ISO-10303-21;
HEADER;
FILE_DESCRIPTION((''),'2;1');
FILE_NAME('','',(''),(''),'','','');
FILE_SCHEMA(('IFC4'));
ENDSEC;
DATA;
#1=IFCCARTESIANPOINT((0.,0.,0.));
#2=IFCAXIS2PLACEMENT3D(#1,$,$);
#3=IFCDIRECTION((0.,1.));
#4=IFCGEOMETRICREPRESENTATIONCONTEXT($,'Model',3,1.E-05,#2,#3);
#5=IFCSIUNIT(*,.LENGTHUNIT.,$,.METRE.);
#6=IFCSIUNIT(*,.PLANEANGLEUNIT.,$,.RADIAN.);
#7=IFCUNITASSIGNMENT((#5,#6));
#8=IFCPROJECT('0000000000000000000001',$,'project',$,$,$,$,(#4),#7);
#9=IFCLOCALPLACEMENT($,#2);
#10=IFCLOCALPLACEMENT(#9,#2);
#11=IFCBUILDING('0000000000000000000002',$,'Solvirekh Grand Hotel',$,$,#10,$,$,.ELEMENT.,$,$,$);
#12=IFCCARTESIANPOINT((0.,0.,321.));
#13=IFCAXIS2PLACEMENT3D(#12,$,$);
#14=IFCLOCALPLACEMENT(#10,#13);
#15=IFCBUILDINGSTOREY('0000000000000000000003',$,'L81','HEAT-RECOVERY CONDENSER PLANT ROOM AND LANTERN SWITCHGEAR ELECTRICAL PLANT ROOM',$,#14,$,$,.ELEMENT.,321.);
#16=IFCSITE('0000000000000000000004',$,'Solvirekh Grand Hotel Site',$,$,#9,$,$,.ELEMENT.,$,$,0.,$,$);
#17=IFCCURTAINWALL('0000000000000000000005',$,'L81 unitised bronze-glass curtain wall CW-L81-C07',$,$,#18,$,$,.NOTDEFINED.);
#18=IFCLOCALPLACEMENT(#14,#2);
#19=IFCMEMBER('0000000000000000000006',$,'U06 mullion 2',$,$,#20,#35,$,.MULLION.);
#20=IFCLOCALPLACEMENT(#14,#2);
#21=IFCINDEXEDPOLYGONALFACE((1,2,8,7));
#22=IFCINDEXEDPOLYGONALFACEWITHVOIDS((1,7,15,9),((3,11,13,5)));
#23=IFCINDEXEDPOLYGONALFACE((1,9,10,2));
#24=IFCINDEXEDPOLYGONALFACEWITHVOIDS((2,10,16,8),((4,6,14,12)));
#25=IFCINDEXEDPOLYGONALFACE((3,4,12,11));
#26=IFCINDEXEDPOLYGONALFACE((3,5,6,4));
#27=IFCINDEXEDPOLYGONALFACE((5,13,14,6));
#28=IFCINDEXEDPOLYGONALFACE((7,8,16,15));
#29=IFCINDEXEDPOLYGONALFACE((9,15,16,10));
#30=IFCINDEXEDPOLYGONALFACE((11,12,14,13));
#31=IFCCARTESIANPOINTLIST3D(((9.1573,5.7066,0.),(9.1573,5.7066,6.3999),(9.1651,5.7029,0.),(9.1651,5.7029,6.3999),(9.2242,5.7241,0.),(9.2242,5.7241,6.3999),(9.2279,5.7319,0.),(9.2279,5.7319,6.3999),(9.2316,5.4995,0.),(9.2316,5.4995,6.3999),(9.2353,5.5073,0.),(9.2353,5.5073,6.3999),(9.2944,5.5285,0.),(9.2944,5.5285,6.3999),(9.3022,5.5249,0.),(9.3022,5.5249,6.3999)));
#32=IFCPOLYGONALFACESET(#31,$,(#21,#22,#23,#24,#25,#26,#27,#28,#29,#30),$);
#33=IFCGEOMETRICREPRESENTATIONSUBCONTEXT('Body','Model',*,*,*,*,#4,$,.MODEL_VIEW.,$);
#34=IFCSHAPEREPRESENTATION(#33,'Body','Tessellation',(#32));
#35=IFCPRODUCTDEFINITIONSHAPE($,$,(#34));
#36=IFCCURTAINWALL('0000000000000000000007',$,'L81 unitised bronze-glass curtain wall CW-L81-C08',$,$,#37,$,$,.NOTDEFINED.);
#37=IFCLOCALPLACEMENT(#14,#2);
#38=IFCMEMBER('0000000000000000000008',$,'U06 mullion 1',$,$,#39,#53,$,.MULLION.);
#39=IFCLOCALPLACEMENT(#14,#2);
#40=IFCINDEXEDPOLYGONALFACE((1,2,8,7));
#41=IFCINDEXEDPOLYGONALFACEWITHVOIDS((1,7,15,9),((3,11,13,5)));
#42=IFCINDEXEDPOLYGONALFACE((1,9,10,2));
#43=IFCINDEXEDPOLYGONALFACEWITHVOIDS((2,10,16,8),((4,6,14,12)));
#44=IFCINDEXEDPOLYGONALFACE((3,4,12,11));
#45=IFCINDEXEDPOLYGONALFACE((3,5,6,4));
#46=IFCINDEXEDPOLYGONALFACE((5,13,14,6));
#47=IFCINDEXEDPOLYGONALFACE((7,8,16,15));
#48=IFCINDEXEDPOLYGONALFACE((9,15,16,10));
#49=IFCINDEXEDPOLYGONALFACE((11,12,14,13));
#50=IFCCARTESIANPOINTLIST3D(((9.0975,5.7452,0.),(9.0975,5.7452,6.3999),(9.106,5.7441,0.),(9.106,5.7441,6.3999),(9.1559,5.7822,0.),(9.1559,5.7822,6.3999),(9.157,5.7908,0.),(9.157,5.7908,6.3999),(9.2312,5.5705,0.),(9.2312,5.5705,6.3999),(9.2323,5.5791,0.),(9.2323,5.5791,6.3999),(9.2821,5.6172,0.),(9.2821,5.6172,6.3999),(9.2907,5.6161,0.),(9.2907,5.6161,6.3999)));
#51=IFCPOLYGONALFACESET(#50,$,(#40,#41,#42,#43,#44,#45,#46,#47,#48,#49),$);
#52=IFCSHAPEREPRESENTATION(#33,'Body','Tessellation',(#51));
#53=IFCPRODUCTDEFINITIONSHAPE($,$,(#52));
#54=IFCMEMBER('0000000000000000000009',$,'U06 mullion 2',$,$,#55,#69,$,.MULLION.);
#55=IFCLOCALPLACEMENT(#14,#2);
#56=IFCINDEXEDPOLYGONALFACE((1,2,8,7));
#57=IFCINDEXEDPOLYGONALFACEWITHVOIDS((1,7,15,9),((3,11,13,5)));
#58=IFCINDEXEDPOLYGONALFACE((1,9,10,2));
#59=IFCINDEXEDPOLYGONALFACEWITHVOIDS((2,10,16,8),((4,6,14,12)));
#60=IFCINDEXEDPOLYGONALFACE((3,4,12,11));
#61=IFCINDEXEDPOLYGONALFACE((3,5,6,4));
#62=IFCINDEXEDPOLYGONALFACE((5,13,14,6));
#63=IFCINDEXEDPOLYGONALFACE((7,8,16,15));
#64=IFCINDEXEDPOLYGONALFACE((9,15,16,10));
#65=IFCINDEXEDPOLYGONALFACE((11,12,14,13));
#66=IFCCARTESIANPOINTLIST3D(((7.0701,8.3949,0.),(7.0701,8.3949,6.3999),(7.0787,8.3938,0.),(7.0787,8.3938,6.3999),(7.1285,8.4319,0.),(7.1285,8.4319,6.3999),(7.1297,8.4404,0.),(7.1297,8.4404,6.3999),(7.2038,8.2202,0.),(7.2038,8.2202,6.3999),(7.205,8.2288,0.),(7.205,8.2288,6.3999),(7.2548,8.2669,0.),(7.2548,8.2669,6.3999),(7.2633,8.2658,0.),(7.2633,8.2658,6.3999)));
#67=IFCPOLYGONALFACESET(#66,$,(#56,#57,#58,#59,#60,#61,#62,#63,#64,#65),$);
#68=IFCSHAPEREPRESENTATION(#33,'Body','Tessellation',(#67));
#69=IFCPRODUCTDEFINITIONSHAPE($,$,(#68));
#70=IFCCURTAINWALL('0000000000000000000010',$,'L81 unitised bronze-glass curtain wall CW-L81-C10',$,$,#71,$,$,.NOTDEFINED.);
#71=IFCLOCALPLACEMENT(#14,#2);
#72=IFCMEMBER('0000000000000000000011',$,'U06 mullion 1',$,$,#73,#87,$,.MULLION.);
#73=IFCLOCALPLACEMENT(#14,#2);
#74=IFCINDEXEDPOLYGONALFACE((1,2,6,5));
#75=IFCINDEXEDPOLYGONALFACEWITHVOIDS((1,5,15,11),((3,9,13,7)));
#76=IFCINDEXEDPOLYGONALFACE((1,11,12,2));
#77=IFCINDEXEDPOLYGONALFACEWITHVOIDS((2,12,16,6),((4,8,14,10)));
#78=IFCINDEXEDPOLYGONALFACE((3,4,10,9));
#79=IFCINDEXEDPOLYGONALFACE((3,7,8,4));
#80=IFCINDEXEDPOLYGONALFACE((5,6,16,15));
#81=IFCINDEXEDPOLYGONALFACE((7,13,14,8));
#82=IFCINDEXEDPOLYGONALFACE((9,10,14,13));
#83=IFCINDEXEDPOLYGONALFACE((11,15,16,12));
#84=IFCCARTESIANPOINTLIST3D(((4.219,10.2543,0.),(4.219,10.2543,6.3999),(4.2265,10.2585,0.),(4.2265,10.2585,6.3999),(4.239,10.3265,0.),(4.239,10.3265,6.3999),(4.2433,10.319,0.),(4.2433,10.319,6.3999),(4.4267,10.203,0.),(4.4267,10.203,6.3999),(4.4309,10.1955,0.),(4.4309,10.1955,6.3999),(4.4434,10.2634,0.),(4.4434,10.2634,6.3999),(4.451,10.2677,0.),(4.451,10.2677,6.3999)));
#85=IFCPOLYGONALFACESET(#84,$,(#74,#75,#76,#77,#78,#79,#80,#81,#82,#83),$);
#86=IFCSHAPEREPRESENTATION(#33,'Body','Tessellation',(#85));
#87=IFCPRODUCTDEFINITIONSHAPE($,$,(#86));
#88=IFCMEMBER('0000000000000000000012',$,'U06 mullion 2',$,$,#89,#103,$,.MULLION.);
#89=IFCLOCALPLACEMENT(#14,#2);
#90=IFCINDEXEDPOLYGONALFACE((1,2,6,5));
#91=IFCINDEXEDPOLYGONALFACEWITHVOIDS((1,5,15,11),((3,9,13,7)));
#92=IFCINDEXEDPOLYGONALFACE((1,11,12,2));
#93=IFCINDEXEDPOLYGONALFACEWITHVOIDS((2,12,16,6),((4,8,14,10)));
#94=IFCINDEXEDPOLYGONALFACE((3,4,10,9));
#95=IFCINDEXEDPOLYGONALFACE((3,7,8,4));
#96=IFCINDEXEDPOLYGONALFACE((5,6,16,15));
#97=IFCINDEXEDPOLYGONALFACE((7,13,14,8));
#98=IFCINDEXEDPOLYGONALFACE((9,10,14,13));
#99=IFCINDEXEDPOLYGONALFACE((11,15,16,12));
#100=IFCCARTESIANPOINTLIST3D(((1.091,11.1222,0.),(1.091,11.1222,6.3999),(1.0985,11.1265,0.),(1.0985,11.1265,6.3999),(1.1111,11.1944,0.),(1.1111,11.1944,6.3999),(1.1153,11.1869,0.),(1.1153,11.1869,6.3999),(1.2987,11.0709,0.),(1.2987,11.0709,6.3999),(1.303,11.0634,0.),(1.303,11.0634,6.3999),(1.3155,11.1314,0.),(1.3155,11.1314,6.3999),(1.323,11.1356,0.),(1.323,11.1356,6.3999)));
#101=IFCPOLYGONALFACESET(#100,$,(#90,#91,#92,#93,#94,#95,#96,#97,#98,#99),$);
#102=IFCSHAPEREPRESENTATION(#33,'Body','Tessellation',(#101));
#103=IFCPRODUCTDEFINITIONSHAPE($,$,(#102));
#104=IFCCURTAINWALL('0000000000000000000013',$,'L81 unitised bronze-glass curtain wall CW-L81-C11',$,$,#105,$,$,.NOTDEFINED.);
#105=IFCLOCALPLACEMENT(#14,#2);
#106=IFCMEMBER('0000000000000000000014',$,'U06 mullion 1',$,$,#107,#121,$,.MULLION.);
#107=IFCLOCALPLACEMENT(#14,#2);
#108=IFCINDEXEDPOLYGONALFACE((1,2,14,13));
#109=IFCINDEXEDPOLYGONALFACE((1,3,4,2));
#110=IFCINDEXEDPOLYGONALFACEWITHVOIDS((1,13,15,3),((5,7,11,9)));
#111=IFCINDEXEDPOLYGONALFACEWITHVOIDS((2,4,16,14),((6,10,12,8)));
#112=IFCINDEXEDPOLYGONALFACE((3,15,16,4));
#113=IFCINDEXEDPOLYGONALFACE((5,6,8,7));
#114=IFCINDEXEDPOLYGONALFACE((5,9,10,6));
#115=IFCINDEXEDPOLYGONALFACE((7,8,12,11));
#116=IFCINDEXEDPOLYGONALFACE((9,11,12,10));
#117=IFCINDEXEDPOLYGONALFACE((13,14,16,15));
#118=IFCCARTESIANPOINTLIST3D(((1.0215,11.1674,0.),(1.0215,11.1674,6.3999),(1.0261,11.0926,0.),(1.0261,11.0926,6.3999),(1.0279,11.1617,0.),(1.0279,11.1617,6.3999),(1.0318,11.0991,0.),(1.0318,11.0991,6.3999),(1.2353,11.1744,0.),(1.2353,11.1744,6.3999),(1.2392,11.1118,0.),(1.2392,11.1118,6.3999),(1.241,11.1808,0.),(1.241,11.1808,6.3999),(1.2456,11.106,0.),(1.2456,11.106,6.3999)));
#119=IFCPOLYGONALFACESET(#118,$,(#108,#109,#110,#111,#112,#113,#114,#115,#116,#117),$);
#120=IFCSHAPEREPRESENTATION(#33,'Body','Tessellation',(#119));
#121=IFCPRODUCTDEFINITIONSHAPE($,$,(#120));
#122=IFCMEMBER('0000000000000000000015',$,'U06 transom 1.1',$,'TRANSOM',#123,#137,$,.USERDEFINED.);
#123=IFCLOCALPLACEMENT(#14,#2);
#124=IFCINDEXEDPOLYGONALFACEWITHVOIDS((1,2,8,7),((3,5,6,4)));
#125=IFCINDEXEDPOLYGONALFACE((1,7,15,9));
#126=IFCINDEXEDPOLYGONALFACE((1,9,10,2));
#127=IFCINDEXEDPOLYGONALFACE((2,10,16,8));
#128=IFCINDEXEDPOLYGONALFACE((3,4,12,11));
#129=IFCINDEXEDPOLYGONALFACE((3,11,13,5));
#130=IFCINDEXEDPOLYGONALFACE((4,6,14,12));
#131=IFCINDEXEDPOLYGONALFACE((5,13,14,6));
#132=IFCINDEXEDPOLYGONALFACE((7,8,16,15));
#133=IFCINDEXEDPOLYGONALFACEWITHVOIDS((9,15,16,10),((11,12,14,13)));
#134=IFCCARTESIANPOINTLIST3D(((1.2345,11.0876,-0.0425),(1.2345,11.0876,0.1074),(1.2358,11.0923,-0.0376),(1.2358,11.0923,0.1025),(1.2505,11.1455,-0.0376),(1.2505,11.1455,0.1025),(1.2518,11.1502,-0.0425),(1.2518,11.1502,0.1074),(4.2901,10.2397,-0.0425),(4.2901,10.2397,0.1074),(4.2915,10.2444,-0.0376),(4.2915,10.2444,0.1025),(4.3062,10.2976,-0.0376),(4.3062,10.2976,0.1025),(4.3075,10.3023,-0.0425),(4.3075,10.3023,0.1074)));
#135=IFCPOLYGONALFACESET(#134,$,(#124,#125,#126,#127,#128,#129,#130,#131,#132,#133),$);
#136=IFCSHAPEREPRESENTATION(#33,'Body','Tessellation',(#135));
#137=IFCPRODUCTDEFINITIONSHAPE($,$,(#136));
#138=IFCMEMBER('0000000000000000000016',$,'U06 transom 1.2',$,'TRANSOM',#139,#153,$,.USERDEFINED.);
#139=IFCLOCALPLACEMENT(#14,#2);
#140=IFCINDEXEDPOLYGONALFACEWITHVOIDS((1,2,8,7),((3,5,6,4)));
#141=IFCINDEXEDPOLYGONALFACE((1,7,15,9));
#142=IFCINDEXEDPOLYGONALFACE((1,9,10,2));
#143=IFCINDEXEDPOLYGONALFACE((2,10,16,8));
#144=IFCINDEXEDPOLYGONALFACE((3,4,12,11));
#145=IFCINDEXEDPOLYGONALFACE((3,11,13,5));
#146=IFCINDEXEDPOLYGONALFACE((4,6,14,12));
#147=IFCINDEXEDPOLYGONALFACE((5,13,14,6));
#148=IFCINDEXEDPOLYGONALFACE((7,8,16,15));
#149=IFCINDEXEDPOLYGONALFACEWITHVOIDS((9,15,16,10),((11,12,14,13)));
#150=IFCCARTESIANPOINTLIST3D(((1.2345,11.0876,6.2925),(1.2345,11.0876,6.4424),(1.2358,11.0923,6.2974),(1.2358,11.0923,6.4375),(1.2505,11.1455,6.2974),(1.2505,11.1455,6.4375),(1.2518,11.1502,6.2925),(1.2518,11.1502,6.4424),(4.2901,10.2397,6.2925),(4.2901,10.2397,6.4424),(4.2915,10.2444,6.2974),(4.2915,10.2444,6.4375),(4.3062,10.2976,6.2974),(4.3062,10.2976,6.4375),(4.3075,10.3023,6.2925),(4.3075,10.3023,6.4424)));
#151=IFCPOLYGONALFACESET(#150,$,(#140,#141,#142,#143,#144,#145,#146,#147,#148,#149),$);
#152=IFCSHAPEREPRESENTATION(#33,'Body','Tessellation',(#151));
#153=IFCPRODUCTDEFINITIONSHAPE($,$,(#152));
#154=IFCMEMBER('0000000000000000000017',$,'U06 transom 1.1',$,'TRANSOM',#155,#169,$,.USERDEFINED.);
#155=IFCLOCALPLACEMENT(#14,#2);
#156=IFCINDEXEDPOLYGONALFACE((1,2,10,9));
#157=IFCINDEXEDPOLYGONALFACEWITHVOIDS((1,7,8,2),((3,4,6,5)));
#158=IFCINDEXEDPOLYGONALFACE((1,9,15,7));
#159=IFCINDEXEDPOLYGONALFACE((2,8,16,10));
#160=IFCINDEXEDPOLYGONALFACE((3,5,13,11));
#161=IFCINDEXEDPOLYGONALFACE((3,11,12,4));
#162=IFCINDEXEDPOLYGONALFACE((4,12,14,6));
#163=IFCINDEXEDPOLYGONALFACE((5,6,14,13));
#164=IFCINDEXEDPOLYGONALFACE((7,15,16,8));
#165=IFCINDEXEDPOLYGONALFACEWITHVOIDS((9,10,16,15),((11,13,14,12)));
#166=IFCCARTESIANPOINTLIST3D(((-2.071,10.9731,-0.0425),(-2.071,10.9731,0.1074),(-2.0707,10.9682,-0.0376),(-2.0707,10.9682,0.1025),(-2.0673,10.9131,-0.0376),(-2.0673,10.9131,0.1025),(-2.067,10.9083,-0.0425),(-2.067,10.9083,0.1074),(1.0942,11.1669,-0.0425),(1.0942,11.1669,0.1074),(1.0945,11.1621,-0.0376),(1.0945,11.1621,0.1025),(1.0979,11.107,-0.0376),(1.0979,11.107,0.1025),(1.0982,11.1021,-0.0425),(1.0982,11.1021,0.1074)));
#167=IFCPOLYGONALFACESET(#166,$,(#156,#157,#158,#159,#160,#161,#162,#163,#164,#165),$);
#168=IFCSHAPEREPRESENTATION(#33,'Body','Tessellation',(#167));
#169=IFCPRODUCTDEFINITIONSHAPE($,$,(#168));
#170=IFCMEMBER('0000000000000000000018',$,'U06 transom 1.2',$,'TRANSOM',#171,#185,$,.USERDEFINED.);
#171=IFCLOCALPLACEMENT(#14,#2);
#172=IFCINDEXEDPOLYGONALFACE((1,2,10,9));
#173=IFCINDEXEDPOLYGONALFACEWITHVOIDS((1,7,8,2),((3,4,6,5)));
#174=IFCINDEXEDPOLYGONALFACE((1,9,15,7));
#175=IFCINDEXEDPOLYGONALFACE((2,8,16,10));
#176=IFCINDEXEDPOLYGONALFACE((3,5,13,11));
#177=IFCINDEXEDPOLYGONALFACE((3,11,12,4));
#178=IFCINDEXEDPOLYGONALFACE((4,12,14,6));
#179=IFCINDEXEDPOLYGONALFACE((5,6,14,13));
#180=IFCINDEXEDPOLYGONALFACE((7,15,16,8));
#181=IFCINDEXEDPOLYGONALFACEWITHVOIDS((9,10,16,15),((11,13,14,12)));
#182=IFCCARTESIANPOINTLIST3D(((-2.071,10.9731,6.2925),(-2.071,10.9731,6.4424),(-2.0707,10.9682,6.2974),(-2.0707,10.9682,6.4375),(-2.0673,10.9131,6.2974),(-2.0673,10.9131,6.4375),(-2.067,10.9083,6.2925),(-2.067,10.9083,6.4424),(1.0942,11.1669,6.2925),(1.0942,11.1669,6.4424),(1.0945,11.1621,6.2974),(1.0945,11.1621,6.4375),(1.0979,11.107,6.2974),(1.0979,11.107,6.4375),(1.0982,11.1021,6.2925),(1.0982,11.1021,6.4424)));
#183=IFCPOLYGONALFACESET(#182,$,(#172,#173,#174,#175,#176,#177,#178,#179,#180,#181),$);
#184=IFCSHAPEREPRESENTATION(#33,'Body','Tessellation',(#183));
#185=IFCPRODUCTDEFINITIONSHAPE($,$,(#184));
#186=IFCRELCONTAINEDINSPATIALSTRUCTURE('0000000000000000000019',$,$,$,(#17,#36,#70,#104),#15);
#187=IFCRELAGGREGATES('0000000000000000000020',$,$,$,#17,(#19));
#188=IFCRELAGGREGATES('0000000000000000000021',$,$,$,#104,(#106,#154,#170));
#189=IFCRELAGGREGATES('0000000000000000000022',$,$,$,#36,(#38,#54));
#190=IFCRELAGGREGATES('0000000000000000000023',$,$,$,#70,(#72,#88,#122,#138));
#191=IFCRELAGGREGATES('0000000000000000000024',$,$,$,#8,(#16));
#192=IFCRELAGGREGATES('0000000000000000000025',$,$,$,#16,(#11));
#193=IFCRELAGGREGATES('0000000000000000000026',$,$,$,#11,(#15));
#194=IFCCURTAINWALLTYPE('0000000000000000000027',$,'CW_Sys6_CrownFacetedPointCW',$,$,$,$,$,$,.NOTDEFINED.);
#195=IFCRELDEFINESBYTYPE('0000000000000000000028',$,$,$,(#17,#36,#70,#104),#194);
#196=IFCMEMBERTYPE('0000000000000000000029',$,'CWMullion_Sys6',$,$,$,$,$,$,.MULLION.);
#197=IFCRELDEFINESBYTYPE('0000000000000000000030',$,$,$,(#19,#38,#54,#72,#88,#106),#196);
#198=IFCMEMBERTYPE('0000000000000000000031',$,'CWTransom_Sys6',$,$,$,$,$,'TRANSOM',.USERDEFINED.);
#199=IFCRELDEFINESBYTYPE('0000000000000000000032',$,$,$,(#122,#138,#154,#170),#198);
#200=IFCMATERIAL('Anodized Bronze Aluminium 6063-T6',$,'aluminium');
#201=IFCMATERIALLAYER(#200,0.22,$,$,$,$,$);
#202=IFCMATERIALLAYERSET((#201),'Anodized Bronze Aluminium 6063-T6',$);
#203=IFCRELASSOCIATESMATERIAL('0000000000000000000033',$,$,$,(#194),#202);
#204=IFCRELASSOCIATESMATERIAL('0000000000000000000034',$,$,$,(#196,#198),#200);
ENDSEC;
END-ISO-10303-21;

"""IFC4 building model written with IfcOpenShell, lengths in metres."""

from ifc_helpers import new_model, si_unit, direction, frame, origin, origin_2d, place, context, subcontext, project, spatial, hollow_rectangle, extrude, source, transform, mapped, material, layer, layer_set, material_profile, profile_set, type_object, element, aggregate, save


model = new_model("IFC4")

# Units and contexts
model_context = context("Model", 3, precision=1e-05, world=origin(), true_north=direction((0.0, 1.0)))
body_context = subcontext(model_context, "Body", "Model", "MODEL_VIEW")
ifc_project = project(units=[si_unit("LENGTHUNIT", "METRE"), si_unit("PLANEANGLEUNIT", "RADIAN")], contexts=[model_context])

# Site, building, storey
site_placement = place(None, origin())
site = spatial("IfcSite", under=ifc_project, at=site_placement, Name="Solvirekh Grand Hotel Site", CompositionType="ELEMENT", RefElevation=0.0)
building_placement = place(site_placement, origin())
building = spatial("IfcBuilding", under=site, at=building_placement, Name="Solvirekh Grand Hotel", CompositionType="ELEMENT")
storey_placement = place(building_placement, frame((0.0, 0.0, 321.0)))
storey = spatial("IfcBuildingStorey", under=building, at=storey_placement, Name="L81", Description="HEAT-RECOVERY CONDENSER PLANT ROOM AND LANTERN SWITCHGEAR ELECTRICAL PLANT ROOM", CompositionType="ELEMENT", Elevation=321.0)

# Curtain wall, member
ifc_material_1 = material(Name="Anodized Bronze Aluminium 6063-T6", Category="aluminium")
ifc_layer_1 = layer(ifc_material_1, 0.22)
ifc_layer_set_1 = layer_set([ifc_layer_1], Name="Anodized Bronze Aluminium 6063-T6")
curtain_wall_type = type_object("IfcCurtainWallType", Name="CW_Sys6_CrownFacetedPointCW", PredefinedType="NOTDEFINED", material=ifc_layer_set_1)
curtain_wall_1_placement = place(storey_placement, origin())
curtain_wall_1 = element("IfcCurtainWall", 1, at=curtain_wall_1_placement, inside=storey, type_object=curtain_wall_type, Name="L81 unitised bronze-glass curtain wall CW-L81-C07", PredefinedType="NOTDEFINED")
ifc_material_profile_1 = material_profile(ifc_material_1, hollow_rectangle(XDim=0.075, YDim=0.22, WallThickness=0.0061, at=origin_2d()), Name="ALU RHS 220X75X6")
ifc_profile_set_1 = profile_set([ifc_material_profile_1], Name="Anodized Bronze Aluminium 6063-T6")
member_type_1 = type_object("IfcMemberType", Name="CWMullion_Sys6", PredefinedType="MULLION", material=ifc_profile_set_1)
shared_shape_1 = source(origin(), body_context, "Body", "SweptSolid", [
    extrude(hollow_rectangle(XDim=0.075, YDim=0.22, WallThickness=0.0061, at=origin_2d()), origin(), (0.0, 0.0, 1.0), 6.3999),
])
member_1_placement = place(storey_placement, frame((9.2297, 5.6157, 0.0), z_axis=(0.0, 0.0, 1.0), x_axis=(-0.941225, -0.33778, 0.0)))
member_1 = element("IfcMember", 2, at=member_1_placement, type_object=member_type_1, Name="U06 mullion 2", PredefinedType="MULLION", context=body_context, shape_type="MappedRepresentation", body=[
    mapped(shared_shape_1, transform((0.0, 0.0, 0.0), x_axis=(1.0, 0.0, 0.0), y_axis=(0.0, 1.0, 0.0), z_axis=(0.0, 0.0, 1.0), scale=1.0)),
])
aggregate(curtain_wall_1, [member_1])

# Curtain walls, members
curtain_wall_2_placement = place(storey_placement, origin())
curtain_wall_2 = element("IfcCurtainWall", 3, at=curtain_wall_2_placement, inside=storey, type_object=curtain_wall_type, Name="L81 unitised bronze-glass curtain wall CW-L81-C08", PredefinedType="NOTDEFINED")
member_2_placement = place(storey_placement, frame((9.1941, 5.6807, 0.0), z_axis=(0.0, 0.0, 1.0), x_axis=(-0.794158, -0.607711, 0.0)))
member_2 = element("IfcMember", 4, at=member_2_placement, type_object=member_type_1, Name="U06 mullion 1", PredefinedType="MULLION", context=body_context, shape_type="MappedRepresentation", body=[
    mapped(shared_shape_1, transform((0.0, 0.0, 0.0), x_axis=(1.0, 0.0, 0.0), y_axis=(0.0, 1.0, 0.0), z_axis=(0.0, 0.0, 1.0), scale=1.0)),
])
member_3_placement = place(storey_placement, frame((7.1667, 8.3303, 0.0), z_axis=(0.0, 0.0, 1.0), x_axis=(-0.794158, -0.607711, 0.0)))
member_3 = element("IfcMember", 5, at=member_3_placement, type_object=member_type_1, Name="U06 mullion 2", PredefinedType="MULLION", context=body_context, shape_type="MappedRepresentation", body=[
    mapped(shared_shape_1, transform((0.0, 0.0, 0.0), x_axis=(1.0, 0.0, 0.0), y_axis=(0.0, 1.0, 0.0), z_axis=(0.0, 0.0, 1.0), scale=1.0)),
])
curtain_wall_3_placement = place(storey_placement, origin())
curtain_wall_3 = element("IfcCurtainWall", 6, at=curtain_wall_3_placement, inside=storey, type_object=curtain_wall_type, Name="L81 unitised bronze-glass curtain wall CW-L81-C10", PredefinedType="NOTDEFINED")
member_4_placement = place(storey_placement, frame((4.335, 10.261, 0.0), z_axis=(0.0, 0.0, 1.0), x_axis=(-0.267395, -0.963587, 0.0)))
member_4 = element("IfcMember", 7, at=member_4_placement, type_object=member_type_1, Name="U06 mullion 1", PredefinedType="MULLION", context=body_context, shape_type="MappedRepresentation", body=[
    mapped(shared_shape_1, transform((0.0, 0.0, 0.0), x_axis=(1.0, 0.0, 0.0), y_axis=(0.0, 1.0, 0.0), z_axis=(0.0, 0.0, 1.0), scale=1.0)),
])
member_5_placement = place(storey_placement, frame((1.207, 11.1289, 0.0), z_axis=(0.0, 0.0, 1.0), x_axis=(-0.267395, -0.963587, 0.0)))
member_5 = element("IfcMember", 8, at=member_5_placement, type_object=member_type_1, Name="U06 mullion 2", PredefinedType="MULLION", context=body_context, shape_type="MappedRepresentation", body=[
    mapped(shared_shape_1, transform((0.0, 0.0, 0.0), x_axis=(1.0, 0.0, 0.0), y_axis=(0.0, 1.0, 0.0), z_axis=(0.0, 0.0, 1.0), scale=1.0)),
])

# Curtain wall, member
curtain_wall_4_placement = place(storey_placement, origin())
curtain_wall_4 = element("IfcCurtainWall", 9, at=curtain_wall_4_placement, inside=storey, type_object=curtain_wall_type, Name="L81 unitised bronze-glass curtain wall CW-L81-C11", PredefinedType="NOTDEFINED")
member_6_placement = place(storey_placement, frame((1.1335, 11.1367, 0.0), z_axis=(0.0, 0.0, 1.0), x_axis=(0.061122, -0.99813, 0.0)))
member_6 = element("IfcMember", 10, at=member_6_placement, type_object=member_type_1, Name="U06 mullion 1", PredefinedType="MULLION", context=body_context, shape_type="MappedRepresentation", body=[
    mapped(shared_shape_1, transform((0.0, 0.0, 0.0), x_axis=(1.0, 0.0, 0.0), y_axis=(0.0, 1.0, 0.0), z_axis=(0.0, 0.0, 1.0), scale=1.0)),
])

# Members
ifc_material_profile_2 = material_profile(ifc_material_1, hollow_rectangle(XDim=0.0649, YDim=0.1499, WallThickness=0.0049, at=origin_2d()), Name="ALU RHS 150X65X5")
ifc_profile_set_2 = profile_set([ifc_material_profile_2], Name="Anodized Bronze Aluminium 6063-T6")
member_type_2 = type_object("IfcMemberType", Name="CWTransom_Sys6", ElementType="TRANSOM", PredefinedType="USERDEFINED", material=ifc_profile_set_2)
shared_shape_2 = source(origin(), body_context, "Body", "SweptSolid", [
    extrude(hollow_rectangle(XDim=0.0649, YDim=0.1499, WallThickness=0.0049, at=origin_2d()), origin(), (0.0, 0.0, 1.0), 3.1711),
])
member_7_placement = place(storey_placement, frame((4.2988, 10.271, 0.0325), z_axis=(-0.963591, 0.267382, 0.0), x_axis=(-0.267382, -0.963591, 0.0)))
member_7 = element("IfcMember", 11, at=member_7_placement, type_object=member_type_2, Name="U06 transom 1.1", ObjectType="TRANSOM", PredefinedType="USERDEFINED", context=body_context, shape_type="MappedRepresentation", body=[
    mapped(shared_shape_2, transform((0.0, 0.0, 0.0), x_axis=(1.0, 0.0, 0.0), y_axis=(0.0, 1.0, 0.0), z_axis=(0.0, 0.0, 1.0), scale=1.0)),
])
member_8_placement = place(storey_placement, frame((4.2988, 10.271, 6.3674), z_axis=(-0.963591, 0.267382, 0.0), x_axis=(-0.267382, -0.963591, 0.0)))
member_8 = element("IfcMember", 12, at=member_8_placement, type_object=member_type_2, Name="U06 transom 1.2", ObjectType="TRANSOM", PredefinedType="USERDEFINED", context=body_context, shape_type="MappedRepresentation", body=[
    mapped(shared_shape_2, transform((0.0, 0.0, 0.0), x_axis=(1.0, 0.0, 0.0), y_axis=(0.0, 1.0, 0.0), z_axis=(0.0, 0.0, 1.0), scale=1.0)),
])
member_9_placement = place(storey_placement, frame((1.0962, 11.1345, 0.0325), z_axis=(-0.99813, -0.061127, 0.0), x_axis=(0.061127, -0.99813, 0.0)))
member_9 = element("IfcMember", 13, at=member_9_placement, type_object=member_type_2, Name="U06 transom 1.1", ObjectType="TRANSOM", PredefinedType="USERDEFINED", context=body_context, shape_type="MappedRepresentation", body=[
    mapped(shared_shape_2, transform((0.0, 0.0, 0.0), x_axis=(1.0, 0.0, 0.0), y_axis=(0.0, 1.0, 0.0), z_axis=(0.0, 0.0, 1.0), scale=1.0)),
])
member_10_placement = place(storey_placement, frame((1.0962, 11.1345, 6.3674), z_axis=(-0.99813, -0.061127, 0.0), x_axis=(0.061127, -0.99813, 0.0)))
member_10 = element("IfcMember", 14, at=member_10_placement, type_object=member_type_2, Name="U06 transom 1.2", ObjectType="TRANSOM", PredefinedType="USERDEFINED", context=body_context, shape_type="MappedRepresentation", body=[
    mapped(shared_shape_2, transform((0.0, 0.0, 0.0), x_axis=(1.0, 0.0, 0.0), y_axis=(0.0, 1.0, 0.0), z_axis=(0.0, 0.0, 1.0), scale=1.0)),
])
aggregate(curtain_wall_4, [member_6, member_9, member_10])

aggregate(curtain_wall_2, [member_2, member_3])
aggregate(curtain_wall_3, [member_4, member_5, member_7, member_8])

save(model, "model.ifc")
